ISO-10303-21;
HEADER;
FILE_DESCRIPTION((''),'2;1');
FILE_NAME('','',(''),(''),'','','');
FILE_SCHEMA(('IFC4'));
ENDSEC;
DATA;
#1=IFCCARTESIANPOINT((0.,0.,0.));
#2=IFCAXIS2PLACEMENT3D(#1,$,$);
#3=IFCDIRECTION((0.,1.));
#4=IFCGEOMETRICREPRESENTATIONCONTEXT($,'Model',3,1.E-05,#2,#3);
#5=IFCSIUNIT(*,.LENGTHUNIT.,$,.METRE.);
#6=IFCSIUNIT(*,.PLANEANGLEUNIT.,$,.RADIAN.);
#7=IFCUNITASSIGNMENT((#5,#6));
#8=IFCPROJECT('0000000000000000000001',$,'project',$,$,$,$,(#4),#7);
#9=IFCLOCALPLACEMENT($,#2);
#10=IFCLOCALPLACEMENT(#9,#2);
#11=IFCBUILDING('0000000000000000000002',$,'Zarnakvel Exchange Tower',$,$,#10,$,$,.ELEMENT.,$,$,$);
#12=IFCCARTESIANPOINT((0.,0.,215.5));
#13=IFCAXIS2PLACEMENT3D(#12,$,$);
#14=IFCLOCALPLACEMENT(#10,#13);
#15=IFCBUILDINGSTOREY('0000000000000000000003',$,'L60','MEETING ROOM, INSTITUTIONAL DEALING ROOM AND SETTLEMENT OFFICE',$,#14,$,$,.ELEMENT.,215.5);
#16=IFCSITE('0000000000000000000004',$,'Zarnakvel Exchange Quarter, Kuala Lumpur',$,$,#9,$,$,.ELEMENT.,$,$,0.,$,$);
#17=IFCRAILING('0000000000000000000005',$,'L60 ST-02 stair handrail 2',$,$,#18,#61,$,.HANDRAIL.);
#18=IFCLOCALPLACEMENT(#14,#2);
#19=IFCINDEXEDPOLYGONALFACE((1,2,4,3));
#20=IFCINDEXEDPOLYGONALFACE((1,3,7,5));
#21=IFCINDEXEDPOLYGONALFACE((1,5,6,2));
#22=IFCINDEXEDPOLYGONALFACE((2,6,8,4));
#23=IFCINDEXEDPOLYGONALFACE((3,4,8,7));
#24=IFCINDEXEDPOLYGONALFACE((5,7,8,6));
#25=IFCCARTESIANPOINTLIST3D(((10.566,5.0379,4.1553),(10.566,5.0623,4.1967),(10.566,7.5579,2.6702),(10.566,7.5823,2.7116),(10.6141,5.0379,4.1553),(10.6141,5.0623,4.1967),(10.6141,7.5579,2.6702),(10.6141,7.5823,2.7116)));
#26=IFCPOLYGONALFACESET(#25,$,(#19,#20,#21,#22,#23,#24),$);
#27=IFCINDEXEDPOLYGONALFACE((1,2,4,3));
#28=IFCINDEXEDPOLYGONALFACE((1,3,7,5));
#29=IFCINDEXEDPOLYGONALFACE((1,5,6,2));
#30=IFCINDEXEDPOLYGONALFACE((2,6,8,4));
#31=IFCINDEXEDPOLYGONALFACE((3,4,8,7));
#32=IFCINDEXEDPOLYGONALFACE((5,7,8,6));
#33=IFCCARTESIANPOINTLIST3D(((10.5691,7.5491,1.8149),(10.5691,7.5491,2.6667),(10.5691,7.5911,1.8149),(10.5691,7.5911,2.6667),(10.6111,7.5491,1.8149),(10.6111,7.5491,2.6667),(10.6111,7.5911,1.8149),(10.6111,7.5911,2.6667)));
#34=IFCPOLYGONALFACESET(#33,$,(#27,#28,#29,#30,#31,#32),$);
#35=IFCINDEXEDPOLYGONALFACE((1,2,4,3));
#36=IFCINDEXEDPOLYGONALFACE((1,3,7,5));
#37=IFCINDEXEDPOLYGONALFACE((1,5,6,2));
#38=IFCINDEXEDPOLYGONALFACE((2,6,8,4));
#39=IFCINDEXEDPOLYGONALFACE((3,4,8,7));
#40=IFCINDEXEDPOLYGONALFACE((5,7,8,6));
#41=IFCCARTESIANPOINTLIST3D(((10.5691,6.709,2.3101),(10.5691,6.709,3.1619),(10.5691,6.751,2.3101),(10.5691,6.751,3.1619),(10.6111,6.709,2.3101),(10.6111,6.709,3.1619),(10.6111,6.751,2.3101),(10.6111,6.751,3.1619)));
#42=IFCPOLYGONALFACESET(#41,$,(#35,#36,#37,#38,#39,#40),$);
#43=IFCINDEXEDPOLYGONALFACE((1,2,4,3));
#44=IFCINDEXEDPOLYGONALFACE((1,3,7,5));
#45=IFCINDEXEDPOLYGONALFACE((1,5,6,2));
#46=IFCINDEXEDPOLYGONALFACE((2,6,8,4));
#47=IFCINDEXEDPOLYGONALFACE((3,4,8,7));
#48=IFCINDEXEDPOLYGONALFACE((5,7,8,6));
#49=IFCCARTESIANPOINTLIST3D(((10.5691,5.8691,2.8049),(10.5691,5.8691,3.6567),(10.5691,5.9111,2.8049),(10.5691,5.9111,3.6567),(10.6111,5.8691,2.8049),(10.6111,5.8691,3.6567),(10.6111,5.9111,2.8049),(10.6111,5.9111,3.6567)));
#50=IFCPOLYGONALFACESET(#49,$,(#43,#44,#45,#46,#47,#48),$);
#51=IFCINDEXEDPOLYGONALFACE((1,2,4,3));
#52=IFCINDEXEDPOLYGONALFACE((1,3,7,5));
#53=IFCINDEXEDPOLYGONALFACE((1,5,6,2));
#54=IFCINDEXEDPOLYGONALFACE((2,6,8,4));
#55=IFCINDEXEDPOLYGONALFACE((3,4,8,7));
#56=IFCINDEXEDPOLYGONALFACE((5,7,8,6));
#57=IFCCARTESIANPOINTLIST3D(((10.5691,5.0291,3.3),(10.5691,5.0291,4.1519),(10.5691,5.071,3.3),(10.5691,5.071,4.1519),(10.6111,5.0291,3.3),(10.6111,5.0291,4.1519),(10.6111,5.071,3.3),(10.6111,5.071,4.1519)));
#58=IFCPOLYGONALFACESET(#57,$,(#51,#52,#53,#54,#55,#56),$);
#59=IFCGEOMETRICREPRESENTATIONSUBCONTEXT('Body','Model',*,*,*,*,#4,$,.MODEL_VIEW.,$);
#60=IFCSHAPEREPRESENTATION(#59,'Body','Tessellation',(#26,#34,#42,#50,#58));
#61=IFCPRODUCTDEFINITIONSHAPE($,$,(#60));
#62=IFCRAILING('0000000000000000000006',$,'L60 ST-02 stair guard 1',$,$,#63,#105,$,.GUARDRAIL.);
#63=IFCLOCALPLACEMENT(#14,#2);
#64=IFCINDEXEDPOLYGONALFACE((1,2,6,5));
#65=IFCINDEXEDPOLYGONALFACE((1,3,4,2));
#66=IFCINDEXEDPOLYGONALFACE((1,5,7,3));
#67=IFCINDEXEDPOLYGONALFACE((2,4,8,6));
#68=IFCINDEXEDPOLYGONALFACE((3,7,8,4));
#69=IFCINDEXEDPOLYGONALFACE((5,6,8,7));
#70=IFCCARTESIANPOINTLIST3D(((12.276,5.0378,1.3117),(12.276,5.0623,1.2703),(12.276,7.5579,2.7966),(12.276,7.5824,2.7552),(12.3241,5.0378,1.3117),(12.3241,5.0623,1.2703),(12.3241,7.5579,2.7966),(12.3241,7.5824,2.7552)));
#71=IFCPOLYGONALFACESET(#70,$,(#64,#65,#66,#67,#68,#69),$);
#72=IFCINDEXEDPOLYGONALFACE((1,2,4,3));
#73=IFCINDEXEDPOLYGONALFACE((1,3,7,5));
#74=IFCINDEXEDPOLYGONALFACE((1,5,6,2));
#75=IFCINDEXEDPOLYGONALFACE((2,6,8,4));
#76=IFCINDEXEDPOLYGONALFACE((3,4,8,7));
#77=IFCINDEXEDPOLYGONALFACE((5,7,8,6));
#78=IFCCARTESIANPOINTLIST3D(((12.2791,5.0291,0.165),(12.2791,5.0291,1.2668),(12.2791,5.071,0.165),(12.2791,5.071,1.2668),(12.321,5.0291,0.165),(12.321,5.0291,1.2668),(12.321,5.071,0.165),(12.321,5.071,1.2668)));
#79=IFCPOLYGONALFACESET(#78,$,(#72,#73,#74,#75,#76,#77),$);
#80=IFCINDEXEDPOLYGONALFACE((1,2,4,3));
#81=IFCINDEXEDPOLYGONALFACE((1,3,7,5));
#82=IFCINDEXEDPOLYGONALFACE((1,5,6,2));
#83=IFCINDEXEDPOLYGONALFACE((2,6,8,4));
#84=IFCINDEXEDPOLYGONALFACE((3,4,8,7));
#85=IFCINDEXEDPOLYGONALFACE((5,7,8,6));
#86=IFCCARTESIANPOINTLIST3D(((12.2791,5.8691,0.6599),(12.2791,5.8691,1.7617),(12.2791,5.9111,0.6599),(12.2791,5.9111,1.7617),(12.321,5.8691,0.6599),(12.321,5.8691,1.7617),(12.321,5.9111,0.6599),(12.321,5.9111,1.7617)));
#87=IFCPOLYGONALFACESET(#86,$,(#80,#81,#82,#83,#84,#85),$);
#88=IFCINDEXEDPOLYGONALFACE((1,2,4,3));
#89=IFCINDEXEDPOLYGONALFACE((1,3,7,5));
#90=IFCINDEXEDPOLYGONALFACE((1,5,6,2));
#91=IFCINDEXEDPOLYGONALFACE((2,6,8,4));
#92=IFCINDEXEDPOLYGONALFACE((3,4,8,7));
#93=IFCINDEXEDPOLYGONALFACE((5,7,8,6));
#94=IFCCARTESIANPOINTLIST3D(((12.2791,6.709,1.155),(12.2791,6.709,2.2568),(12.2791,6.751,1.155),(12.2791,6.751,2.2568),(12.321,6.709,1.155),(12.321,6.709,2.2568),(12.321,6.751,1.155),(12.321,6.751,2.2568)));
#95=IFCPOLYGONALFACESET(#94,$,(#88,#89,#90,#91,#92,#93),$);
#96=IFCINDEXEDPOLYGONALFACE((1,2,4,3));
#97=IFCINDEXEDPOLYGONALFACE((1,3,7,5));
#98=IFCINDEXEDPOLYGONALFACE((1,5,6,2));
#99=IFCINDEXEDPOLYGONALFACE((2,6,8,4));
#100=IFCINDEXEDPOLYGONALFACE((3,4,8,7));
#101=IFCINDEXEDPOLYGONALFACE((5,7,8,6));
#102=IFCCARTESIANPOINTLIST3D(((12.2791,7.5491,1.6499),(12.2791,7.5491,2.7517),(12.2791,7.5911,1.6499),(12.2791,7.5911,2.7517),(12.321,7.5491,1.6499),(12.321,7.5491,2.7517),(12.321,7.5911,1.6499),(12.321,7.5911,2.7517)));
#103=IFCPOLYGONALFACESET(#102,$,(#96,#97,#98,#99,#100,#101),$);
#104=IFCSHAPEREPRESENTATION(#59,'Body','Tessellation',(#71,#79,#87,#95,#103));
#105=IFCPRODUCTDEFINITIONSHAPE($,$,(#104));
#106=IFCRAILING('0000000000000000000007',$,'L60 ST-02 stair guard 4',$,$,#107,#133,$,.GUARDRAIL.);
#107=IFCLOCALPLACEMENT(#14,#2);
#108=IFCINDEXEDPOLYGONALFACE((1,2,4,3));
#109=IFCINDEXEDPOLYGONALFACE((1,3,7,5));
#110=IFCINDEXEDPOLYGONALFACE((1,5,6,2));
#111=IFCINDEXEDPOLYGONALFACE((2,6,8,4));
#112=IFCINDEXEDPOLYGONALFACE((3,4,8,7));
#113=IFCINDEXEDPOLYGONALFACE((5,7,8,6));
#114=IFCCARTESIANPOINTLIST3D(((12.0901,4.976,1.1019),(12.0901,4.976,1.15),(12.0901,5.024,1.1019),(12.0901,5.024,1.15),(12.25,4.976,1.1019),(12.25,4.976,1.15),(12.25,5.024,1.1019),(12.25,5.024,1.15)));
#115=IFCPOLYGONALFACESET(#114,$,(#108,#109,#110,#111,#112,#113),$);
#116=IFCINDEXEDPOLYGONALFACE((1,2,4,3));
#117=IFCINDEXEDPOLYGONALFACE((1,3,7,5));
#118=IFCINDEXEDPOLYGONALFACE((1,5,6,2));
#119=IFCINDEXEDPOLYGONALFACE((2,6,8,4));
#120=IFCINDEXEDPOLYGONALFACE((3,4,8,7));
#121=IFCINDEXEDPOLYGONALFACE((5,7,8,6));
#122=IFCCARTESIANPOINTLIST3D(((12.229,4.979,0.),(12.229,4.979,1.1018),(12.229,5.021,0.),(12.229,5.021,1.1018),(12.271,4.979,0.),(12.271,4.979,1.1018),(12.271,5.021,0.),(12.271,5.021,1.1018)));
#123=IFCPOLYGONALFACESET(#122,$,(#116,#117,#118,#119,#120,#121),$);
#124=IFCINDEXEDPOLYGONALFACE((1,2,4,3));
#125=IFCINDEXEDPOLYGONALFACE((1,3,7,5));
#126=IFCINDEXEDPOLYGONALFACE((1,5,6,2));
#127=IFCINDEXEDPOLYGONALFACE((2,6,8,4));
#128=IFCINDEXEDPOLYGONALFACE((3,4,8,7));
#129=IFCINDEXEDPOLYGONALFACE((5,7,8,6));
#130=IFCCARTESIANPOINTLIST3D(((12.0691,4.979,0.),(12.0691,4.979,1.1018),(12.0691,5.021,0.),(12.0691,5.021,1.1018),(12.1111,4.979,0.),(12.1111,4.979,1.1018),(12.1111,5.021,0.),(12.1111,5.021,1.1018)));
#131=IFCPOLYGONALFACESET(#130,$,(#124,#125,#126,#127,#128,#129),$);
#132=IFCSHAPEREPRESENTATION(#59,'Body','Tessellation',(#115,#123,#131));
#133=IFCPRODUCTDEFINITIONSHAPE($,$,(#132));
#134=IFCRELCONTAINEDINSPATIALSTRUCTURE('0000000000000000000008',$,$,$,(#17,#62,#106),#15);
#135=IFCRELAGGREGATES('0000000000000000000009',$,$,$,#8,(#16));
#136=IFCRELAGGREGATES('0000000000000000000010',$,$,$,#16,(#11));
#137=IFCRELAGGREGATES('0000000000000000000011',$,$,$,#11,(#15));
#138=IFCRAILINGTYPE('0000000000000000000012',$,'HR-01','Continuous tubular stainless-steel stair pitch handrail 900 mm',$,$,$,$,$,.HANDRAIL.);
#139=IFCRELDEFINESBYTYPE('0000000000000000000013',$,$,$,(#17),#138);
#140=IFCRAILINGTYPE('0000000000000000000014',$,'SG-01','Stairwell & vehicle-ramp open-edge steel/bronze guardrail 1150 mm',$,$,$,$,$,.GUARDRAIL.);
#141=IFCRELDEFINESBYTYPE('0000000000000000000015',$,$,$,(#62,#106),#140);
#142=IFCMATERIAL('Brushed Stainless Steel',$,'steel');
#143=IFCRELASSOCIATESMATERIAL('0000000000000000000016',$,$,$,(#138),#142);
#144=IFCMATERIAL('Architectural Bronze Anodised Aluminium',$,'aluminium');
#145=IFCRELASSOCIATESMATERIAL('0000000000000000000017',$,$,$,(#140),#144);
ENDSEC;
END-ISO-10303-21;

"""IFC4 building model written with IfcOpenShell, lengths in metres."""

from ifc_helpers import new_model, si_unit, direction, frame, origin, origin_2d, place, context, subcontext, project, spatial, rectangle, extrude, material, type_object, element, save


model = new_model("IFC4")

# Units and contexts
model_context = context("Model", 3, precision=1e-05, world=origin(), true_north=direction((0.0, 1.0)))
body_context = subcontext(model_context, "Body", "Model", "MODEL_VIEW")
ifc_project = project(units=[si_unit("LENGTHUNIT", "METRE"), si_unit("PLANEANGLEUNIT", "RADIAN")], contexts=[model_context])

# Site, building, storey
site_placement = place(None, origin())
site = spatial("IfcSite", under=ifc_project, at=site_placement, Name="Zarnakvel Exchange Quarter, Kuala Lumpur", CompositionType="ELEMENT", RefElevation=0.0)
building_placement = place(site_placement, origin())
building = spatial("IfcBuilding", under=site, at=building_placement, Name="Zarnakvel Exchange Tower", CompositionType="ELEMENT")
storey_placement = place(building_placement, frame((0.0, 0.0, 215.5)))
storey = spatial("IfcBuildingStorey", under=building, at=storey_placement, Name="L60", Description="MEETING ROOM, INSTITUTIONAL DEALING ROOM AND SETTLEMENT OFFICE", CompositionType="ELEMENT", Elevation=215.5)

# Shared definitions
ifc_material_1 = material(Name="Architectural Bronze Anodised Aluminium", Category="aluminium")

# Railings
ifc_material_2 = material(Name="Brushed Stainless Steel", Category="steel")
railing_type_1 = type_object("IfcRailingType", Name="HR-01", Description="Continuous tubular stainless-steel stair pitch handrail 900 mm", PredefinedType="HANDRAIL", material=ifc_material_2)
railing_1_placement = place(storey_placement, frame((10.5901, 7.5701, 1.8149)))
element("IfcRailing", 1, at=railing_1_placement, inside=storey, type_object=railing_type_1, Name="L60 ST-02 stair handrail 2", PredefinedType="HANDRAIL", context=body_context, shape_type="SweptSolid", body=[
    extrude(rectangle(XDim=0.0481, YDim=0.0481, at=origin_2d()), frame((0.0, 0.0, 0.876), z_axis=(0.0, -0.861524, 0.507717), x_axis=(1.0, 0.0, 0.0)), (0.0, 0.0, 1.0), 2.925),
    extrude(rectangle(XDim=0.042, YDim=0.042, at=origin_2d()), origin(), (0.0, 0.0, 1.0), 0.8518),
    extrude(rectangle(XDim=0.042, YDim=0.042, at=origin_2d()), frame((0.0, -0.8401, 0.4951)), (0.0, 0.0, 1.0), 0.8518),
    extrude(rectangle(XDim=0.042, YDim=0.042, at=origin_2d()), frame((0.0, -1.6799, 0.99)), (0.0, 0.0, 1.0), 0.8518),
    extrude(rectangle(XDim=0.042, YDim=0.042, at=origin_2d()), frame((0.0, -2.52, 1.4851)), (0.0, 0.0, 1.0), 0.8518),
])
railing_type_2 = type_object("IfcRailingType", Name="SG-01", Description="Stairwell & vehicle-ramp open-edge steel/bronze guardrail 1150 mm", PredefinedType="GUARDRAIL", material=ifc_material_1)
railing_2_placement = place(storey_placement, frame((12.3, 5.05, 0.165)))
element("IfcRailing", 2, at=railing_2_placement, inside=storey, type_object=railing_type_2, Name="L60 ST-02 stair guard 1", PredefinedType="GUARDRAIL", context=body_context, shape_type="SweptSolid", body=[
    extrude(rectangle(XDim=0.0481, YDim=0.0481, at=origin_2d()), frame((0.0, 0.0, 1.126), z_axis=(0.0, 0.861561, 0.507655), x_axis=(-1.0, 0.0, 0.0)), (0.0, 0.0, 1.0), 2.925),
    extrude(rectangle(XDim=0.042, YDim=0.042, at=origin_2d()), origin(), (0.0, 0.0, 1.0), 1.1018),
    extrude(rectangle(XDim=0.042, YDim=0.042, at=origin_2d()), frame((0.0, 0.8401, 0.4949)), (0.0, 0.0, 1.0), 1.1018),
    extrude(rectangle(XDim=0.042, YDim=0.042, at=origin_2d()), frame((0.0, 1.6799, 0.99)), (0.0, 0.0, 1.0), 1.1018),
    extrude(rectangle(XDim=0.042, YDim=0.042, at=origin_2d()), frame((0.0, 2.52, 1.4849)), (0.0, 0.0, 1.0), 1.1018),
])
railing_3_placement = place(storey_placement, frame((12.25, 5.0, 0.0)))
element("IfcRailing", 3, at=railing_3_placement, inside=storey, type_object=railing_type_2, Name="L60 ST-02 stair guard 4", PredefinedType="GUARDRAIL", context=body_context, shape_type="SweptSolid", body=[
    extrude(rectangle(XDim=0.0481, YDim=0.0481, at=origin_2d()), frame((0.0, 0.0, 1.126), z_axis=(-1.0, 0.0, 0.0), x_axis=(0.0, -1.0, 0.0)), (0.0, 0.0, 1.0), 0.1599),
    extrude(rectangle(XDim=0.042, YDim=0.042, at=origin_2d()), origin(), (0.0, 0.0, 1.0), 1.1018),
    extrude(rectangle(XDim=0.042, YDim=0.042, at=origin_2d()), frame((-0.1599, 0.0, 0.0)), (0.0, 0.0, 1.0), 1.1018),
])

save(model, "model.ifc")
